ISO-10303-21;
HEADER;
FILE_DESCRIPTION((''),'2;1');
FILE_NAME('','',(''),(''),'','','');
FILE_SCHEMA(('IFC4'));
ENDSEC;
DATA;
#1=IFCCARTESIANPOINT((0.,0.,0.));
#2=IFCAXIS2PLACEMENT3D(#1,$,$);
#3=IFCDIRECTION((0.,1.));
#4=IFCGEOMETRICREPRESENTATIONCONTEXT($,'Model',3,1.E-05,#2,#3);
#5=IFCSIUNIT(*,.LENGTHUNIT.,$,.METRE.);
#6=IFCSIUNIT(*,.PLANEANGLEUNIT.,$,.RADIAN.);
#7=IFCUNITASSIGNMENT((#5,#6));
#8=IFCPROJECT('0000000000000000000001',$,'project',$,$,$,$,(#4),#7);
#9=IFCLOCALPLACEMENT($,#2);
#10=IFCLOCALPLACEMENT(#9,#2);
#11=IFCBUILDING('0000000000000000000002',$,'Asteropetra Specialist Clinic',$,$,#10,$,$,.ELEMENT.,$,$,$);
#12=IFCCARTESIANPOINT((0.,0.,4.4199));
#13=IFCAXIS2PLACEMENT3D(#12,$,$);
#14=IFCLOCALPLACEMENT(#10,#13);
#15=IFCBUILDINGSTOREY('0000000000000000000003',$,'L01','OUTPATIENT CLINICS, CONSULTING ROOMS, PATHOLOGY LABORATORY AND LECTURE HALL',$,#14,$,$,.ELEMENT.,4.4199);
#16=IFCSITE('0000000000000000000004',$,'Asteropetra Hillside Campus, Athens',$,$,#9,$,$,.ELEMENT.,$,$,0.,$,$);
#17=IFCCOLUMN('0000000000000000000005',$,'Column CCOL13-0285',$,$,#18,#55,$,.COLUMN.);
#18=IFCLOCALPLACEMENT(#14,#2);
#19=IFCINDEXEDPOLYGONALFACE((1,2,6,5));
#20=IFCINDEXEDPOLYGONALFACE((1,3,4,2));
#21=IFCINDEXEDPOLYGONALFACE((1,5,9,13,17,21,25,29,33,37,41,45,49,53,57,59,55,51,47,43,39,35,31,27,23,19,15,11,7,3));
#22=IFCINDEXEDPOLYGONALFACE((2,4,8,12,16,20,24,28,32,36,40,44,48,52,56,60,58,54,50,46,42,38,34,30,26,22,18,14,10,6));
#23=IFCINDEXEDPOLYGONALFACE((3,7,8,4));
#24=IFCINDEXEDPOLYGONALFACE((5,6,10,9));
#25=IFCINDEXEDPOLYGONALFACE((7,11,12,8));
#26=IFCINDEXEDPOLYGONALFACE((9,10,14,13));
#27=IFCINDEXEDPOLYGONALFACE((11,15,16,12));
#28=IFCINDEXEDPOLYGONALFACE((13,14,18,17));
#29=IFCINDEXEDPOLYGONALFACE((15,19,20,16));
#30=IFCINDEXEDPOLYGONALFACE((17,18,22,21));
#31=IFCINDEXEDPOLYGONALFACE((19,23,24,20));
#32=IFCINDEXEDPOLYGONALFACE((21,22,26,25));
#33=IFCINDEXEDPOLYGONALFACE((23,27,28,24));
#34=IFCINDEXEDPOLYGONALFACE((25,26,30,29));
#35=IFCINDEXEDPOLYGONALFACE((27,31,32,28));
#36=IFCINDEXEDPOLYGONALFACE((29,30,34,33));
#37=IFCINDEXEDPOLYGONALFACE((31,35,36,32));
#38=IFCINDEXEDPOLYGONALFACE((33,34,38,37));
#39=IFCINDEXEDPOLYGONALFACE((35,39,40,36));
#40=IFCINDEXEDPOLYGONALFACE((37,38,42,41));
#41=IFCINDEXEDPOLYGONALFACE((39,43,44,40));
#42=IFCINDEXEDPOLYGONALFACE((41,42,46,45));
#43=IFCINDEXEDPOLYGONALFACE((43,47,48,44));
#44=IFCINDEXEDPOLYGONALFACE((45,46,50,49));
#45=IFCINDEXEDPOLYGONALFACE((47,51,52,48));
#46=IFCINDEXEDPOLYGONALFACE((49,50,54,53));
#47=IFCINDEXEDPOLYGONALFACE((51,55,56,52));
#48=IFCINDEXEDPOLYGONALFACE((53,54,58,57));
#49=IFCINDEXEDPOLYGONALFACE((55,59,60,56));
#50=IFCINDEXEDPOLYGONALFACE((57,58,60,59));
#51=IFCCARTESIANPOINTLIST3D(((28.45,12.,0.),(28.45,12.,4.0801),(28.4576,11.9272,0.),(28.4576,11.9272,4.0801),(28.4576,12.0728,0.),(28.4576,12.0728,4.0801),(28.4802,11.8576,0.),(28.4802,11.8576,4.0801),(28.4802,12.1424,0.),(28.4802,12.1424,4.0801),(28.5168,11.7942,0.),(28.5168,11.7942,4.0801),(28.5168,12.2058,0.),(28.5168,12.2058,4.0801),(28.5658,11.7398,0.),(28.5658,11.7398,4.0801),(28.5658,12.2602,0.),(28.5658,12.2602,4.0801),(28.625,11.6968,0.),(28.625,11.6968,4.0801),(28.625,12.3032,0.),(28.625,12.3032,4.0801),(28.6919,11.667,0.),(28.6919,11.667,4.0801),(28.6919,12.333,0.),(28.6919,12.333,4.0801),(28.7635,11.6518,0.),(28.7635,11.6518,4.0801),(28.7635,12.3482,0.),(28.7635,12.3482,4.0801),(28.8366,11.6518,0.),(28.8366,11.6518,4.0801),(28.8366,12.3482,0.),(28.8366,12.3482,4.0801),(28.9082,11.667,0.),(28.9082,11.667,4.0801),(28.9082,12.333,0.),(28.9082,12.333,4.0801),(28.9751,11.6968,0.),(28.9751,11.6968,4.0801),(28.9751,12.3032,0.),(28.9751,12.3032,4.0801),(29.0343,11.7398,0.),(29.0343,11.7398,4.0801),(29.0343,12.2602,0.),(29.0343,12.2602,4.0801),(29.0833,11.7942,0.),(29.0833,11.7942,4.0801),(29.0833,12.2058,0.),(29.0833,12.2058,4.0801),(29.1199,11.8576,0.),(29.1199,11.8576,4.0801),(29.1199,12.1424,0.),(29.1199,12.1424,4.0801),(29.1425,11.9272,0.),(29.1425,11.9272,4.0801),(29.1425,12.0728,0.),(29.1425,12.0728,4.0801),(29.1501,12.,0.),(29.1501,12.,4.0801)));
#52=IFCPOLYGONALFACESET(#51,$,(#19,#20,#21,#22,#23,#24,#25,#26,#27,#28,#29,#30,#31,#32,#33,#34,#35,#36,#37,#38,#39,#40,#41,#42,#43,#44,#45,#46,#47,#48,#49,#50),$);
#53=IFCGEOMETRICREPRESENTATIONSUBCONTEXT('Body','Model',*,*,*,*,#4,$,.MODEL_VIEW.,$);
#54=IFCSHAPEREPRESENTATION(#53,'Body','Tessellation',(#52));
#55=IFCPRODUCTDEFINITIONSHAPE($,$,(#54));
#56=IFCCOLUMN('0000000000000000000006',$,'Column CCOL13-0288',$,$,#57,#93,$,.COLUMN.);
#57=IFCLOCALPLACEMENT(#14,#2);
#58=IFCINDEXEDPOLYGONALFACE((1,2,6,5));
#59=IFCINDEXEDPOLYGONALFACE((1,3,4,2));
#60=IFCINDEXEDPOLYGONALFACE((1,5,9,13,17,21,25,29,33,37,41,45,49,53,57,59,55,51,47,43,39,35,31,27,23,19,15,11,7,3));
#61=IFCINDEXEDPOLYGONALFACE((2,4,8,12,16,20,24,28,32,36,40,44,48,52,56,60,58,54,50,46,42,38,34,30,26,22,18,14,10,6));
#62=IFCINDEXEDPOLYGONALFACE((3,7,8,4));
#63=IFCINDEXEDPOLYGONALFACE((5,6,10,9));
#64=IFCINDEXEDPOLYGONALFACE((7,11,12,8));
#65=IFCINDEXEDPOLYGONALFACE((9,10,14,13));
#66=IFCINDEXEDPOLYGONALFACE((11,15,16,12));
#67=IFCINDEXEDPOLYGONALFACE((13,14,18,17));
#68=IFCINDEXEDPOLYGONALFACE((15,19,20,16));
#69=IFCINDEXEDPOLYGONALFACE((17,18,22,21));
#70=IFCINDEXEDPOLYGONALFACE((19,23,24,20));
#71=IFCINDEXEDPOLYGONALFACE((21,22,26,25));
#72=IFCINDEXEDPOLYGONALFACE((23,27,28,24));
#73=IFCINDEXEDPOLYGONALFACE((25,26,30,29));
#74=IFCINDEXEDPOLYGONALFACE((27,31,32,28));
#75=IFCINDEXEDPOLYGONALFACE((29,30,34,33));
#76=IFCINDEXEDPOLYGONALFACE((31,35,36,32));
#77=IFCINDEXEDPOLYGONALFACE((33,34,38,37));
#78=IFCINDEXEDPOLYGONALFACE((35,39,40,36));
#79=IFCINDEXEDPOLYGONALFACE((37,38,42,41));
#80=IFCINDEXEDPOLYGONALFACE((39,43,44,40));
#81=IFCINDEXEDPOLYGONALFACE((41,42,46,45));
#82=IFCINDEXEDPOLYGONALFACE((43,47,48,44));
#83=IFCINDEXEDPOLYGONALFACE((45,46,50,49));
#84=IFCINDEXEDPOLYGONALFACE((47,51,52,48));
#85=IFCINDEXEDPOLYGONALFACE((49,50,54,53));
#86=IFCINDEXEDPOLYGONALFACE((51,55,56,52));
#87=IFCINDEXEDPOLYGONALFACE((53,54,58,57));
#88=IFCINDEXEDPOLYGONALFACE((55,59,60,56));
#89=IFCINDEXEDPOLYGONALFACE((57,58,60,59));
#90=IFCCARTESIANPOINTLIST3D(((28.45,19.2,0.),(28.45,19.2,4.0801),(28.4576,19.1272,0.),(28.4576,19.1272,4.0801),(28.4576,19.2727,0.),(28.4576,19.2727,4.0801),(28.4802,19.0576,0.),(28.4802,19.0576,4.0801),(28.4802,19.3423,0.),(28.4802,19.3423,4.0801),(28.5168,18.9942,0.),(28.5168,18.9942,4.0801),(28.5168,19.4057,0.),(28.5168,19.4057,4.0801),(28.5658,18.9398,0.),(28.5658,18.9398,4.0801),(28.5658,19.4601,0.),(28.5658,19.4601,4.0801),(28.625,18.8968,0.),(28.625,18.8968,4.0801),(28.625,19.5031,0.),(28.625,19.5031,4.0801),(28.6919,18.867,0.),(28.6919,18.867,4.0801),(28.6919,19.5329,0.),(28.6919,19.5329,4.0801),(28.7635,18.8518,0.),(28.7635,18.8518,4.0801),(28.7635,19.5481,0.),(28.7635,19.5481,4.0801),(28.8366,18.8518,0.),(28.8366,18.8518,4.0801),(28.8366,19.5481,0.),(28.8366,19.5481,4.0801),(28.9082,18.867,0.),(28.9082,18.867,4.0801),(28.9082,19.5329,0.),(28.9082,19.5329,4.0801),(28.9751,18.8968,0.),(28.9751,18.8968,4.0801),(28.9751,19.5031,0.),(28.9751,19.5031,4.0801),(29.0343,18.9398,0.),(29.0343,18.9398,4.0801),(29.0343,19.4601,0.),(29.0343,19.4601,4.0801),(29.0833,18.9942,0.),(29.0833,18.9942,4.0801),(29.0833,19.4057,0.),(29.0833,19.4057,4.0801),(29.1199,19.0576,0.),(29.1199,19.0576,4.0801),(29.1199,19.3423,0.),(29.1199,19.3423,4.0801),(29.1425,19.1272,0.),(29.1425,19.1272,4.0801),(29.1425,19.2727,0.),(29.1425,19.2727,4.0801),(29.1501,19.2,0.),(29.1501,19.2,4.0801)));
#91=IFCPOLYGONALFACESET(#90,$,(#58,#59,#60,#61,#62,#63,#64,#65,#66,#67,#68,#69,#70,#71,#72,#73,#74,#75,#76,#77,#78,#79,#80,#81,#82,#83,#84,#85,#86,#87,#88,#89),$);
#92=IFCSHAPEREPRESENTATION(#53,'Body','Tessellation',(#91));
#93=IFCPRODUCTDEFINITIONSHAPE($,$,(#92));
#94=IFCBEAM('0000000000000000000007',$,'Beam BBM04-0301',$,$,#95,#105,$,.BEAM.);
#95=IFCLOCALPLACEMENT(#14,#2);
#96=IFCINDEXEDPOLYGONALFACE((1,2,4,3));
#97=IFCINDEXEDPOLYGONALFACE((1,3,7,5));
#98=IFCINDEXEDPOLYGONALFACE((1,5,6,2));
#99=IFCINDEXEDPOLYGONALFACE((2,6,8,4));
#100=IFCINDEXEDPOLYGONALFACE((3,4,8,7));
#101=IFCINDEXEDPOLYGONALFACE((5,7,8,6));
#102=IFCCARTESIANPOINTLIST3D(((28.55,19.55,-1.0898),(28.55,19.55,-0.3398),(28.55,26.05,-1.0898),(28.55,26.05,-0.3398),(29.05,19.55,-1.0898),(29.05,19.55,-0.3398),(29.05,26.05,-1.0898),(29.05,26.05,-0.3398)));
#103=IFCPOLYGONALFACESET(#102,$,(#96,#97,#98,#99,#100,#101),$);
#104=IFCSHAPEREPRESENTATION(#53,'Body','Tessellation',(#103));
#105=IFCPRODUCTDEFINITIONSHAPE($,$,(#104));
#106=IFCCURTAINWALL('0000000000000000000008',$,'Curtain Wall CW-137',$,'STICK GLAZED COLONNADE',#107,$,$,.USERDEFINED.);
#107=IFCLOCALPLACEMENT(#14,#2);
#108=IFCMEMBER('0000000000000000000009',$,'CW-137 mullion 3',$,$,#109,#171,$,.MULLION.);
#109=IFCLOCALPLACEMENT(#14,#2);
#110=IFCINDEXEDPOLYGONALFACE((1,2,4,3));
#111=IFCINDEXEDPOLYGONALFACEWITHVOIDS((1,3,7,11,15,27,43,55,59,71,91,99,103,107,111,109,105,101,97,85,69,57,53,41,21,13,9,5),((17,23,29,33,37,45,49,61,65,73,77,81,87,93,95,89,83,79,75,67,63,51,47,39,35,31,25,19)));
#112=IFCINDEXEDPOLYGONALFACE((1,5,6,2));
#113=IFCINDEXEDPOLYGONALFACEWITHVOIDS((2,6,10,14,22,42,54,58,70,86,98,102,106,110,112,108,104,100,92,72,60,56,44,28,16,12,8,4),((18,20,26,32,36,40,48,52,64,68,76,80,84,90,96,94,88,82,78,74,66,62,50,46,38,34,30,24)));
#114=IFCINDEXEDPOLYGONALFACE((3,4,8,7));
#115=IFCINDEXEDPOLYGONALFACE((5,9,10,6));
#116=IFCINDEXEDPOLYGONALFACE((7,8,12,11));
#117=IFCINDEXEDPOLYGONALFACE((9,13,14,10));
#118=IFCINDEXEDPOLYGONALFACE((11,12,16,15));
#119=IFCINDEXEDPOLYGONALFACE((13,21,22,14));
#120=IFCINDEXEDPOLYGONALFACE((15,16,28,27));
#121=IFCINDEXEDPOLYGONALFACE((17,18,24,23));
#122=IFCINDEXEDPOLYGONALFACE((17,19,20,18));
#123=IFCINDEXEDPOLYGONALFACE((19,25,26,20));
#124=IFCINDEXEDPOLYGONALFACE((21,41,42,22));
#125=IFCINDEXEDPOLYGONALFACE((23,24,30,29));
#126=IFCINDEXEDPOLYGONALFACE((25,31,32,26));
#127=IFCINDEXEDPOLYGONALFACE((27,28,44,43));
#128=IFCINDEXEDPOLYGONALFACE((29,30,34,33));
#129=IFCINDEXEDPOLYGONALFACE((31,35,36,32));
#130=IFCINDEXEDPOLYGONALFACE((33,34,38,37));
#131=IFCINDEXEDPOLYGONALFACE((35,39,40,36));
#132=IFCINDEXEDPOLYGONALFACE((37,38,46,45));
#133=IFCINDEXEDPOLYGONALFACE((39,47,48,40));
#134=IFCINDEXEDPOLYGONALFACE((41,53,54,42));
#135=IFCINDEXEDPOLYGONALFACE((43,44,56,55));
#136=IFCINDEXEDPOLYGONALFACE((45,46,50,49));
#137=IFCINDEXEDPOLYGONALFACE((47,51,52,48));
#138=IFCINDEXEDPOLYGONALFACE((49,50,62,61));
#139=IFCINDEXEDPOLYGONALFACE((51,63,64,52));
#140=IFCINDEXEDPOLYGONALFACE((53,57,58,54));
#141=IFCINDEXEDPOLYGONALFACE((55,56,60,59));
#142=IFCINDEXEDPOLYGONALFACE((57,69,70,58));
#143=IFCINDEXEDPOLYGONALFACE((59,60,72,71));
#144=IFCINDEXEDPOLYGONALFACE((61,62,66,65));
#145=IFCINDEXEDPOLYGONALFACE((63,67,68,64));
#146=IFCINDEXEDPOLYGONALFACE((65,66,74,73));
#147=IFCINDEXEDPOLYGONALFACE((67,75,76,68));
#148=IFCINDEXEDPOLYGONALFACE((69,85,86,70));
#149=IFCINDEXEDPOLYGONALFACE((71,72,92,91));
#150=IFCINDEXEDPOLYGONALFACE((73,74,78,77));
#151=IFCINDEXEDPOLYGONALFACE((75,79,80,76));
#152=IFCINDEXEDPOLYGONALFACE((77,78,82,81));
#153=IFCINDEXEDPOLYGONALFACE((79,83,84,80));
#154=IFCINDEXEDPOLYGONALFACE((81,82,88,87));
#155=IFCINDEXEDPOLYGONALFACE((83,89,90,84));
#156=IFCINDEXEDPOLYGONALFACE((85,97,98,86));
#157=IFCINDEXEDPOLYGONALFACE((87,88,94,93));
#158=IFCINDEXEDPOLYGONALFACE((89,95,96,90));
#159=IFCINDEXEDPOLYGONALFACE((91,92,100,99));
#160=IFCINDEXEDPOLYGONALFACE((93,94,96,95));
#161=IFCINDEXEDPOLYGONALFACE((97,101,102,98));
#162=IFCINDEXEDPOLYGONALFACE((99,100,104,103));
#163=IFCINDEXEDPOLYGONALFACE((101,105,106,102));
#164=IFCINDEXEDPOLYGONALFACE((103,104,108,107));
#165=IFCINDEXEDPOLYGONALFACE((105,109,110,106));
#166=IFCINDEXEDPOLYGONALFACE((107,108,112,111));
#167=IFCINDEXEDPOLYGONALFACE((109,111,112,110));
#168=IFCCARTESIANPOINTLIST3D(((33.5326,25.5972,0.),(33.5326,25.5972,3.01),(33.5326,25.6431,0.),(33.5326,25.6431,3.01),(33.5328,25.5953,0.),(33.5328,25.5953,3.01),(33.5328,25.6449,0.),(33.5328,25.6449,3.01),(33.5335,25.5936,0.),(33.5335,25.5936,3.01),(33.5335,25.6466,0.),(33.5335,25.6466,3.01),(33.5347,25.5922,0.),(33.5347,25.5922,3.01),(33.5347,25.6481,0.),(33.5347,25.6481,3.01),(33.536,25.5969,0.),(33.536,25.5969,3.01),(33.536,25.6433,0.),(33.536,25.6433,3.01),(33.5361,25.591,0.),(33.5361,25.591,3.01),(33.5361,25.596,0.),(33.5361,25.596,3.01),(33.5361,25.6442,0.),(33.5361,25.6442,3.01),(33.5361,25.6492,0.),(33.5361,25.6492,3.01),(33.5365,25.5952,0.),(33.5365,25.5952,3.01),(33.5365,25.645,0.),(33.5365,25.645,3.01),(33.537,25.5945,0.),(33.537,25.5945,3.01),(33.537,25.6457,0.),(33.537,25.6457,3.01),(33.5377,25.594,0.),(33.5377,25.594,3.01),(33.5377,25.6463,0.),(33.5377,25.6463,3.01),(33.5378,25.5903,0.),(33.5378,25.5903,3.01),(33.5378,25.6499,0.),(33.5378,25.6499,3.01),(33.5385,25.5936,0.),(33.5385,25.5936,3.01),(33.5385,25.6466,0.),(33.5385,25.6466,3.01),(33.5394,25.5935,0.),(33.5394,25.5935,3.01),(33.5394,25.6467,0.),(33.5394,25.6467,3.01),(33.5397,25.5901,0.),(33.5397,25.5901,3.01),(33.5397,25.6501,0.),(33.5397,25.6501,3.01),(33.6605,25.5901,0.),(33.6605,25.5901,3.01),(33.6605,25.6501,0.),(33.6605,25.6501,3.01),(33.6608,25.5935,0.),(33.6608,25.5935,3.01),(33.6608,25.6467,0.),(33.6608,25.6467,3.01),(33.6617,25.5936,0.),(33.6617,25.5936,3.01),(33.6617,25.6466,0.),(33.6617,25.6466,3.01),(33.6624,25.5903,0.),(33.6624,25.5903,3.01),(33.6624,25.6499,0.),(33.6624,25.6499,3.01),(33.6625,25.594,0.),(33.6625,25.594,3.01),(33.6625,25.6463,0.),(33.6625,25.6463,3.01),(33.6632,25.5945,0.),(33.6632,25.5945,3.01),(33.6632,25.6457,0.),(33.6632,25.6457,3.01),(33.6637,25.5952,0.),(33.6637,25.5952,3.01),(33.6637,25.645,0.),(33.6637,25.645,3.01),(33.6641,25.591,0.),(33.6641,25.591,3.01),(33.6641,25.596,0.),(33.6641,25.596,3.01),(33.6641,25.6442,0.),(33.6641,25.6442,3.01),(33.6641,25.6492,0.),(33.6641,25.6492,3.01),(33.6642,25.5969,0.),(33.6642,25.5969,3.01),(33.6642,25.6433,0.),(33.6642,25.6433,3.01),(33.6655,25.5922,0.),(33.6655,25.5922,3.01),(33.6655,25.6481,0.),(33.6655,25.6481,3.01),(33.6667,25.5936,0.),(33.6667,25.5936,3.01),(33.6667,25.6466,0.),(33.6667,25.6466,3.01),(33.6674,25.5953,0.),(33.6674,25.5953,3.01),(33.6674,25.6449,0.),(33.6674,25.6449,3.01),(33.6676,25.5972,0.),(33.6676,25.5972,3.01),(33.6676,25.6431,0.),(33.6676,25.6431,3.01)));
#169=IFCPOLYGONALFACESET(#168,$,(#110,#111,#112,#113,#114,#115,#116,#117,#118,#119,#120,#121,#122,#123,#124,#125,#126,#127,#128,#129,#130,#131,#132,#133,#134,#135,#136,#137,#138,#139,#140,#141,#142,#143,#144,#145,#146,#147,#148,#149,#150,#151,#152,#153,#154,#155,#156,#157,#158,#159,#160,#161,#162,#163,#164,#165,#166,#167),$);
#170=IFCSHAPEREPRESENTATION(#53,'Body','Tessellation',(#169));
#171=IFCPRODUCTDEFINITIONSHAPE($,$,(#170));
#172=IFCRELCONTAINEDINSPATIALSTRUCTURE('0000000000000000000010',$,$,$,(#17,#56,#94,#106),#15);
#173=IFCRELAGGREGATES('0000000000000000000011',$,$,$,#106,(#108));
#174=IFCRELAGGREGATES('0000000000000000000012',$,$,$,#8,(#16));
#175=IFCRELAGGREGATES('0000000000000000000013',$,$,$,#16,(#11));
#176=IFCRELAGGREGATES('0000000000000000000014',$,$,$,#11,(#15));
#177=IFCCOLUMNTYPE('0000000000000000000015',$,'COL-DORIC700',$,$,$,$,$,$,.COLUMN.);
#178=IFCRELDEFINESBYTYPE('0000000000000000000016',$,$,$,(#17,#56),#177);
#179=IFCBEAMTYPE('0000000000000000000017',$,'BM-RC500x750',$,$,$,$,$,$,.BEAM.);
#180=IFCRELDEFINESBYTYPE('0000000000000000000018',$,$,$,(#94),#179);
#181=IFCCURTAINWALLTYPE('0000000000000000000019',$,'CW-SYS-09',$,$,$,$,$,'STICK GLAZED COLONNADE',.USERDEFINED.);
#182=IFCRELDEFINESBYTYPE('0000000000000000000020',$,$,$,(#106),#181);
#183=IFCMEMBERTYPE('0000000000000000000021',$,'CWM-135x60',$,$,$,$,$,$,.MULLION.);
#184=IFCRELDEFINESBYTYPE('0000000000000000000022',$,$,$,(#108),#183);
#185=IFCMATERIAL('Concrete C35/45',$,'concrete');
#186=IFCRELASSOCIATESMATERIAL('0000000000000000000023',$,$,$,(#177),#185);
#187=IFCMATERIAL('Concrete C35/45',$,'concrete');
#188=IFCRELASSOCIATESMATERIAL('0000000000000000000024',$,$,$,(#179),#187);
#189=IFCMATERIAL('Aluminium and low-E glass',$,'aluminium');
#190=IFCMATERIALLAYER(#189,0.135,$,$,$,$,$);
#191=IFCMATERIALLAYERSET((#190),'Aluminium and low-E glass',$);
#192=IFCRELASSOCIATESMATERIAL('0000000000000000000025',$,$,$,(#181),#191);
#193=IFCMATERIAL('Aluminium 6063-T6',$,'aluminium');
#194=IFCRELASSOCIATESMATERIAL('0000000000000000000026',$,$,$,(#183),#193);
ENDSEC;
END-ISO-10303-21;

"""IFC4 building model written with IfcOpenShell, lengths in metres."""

from ifc_helpers import new_model, si_unit, direction, frame, origin, origin_2d, place, context, subcontext, project, spatial, rectangle, hollow_rectangle, circle, extrude, material, layer, layer_set, material_profile, profile_set, type_object, element, aggregate, save


model = new_model("IFC4")

# Units and contexts
model_context = context("Model", 3, precision=1e-05, world=origin(), true_north=direction((0.0, 1.0)))
body_context = subcontext(model_context, "Body", "Model", "MODEL_VIEW")
ifc_project = project(units=[si_unit("LENGTHUNIT", "METRE"), si_unit("PLANEANGLEUNIT", "RADIAN")], contexts=[model_context])

# Site, building, storey
site_placement = place(None, origin())
site = spatial("IfcSite", under=ifc_project, at=site_placement, Name="Asteropetra Hillside Campus, Athens", CompositionType="ELEMENT", RefElevation=0.0)
building_placement = place(site_placement, origin())
building = spatial("IfcBuilding", under=site, at=building_placement, Name="Asteropetra Specialist Clinic", CompositionType="ELEMENT")
storey_placement = place(building_placement, frame((0.0, 0.0, 4.4199)))
storey = spatial("IfcBuildingStorey", under=building, at=storey_placement, Name="L01", Description="OUTPATIENT CLINICS, CONSULTING ROOMS, PATHOLOGY LABORATORY AND LECTURE HALL", CompositionType="ELEMENT", Elevation=4.4199)

# Columns
ifc_material_1 = material(Name="Concrete C35/45", Category="concrete")
ifc_material_profile_1 = material_profile(ifc_material_1, circle(Radius=0.3501, at=origin_2d()), Name="RCC D700")
ifc_profile_set_1 = profile_set([ifc_material_profile_1], Name="Concrete C35/45")
column_type = type_object("IfcColumnType", Name="COL-DORIC700", PredefinedType="COLUMN", material=ifc_profile_set_1)
for number, where, z_axis, x_axis, name in (
    (1, (28.8, 12.0, 0.0), (0.0, 0.0, 1.0), (1.0, 0.0, 0.0), "Column CCOL13-0285"),
    (2, (28.8, 19.2, 0.0), (0.0, 0.0, 1.0), (1.0, 0.0, 0.0), "Column CCOL13-0288"),
):
    element("IfcColumn", number, at=place(storey_placement, frame(where, z_axis=z_axis, x_axis=x_axis)), inside=storey, type_object=column_type, Name=name, PredefinedType="COLUMN", context=body_context, shape_type="SweptSolid", body=[
        extrude(circle(Radius=0.3501, at=origin_2d()), origin(), (0.0, 0.0, 1.0), 4.0801),
    ])

# Beam
ifc_material_2 = material(Name="Concrete C35/45", Category="concrete")
ifc_material_profile_2 = material_profile(ifc_material_2, rectangle(XDim=0.5, YDim=0.75, at=origin_2d()), Name="RCB 500x750")
ifc_profile_set_2 = profile_set([ifc_material_profile_2], Name="Concrete C35/45")
beam_type = type_object("IfcBeamType", Name="BM-RC500x750", PredefinedType="BEAM", material=ifc_profile_set_2)
beam_placement = place(storey_placement, frame((28.8, 19.55, -0.7148), z_axis=(0.0, 1.0, 0.0), x_axis=(-1.0, 0.0, 0.0)))
element("IfcBeam", 3, at=beam_placement, inside=storey, type_object=beam_type, Name="Beam BBM04-0301", PredefinedType="BEAM", context=body_context, shape_type="SweptSolid", body=[
    extrude(rectangle(XDim=0.5, YDim=0.75, at=origin_2d()), origin(), (0.0, 0.0, 1.0), 6.5),
])

# Curtain wall, member
ifc_material_3 = material(Name="Aluminium and low-E glass", Category="aluminium")
ifc_layer_1 = layer(ifc_material_3, 0.135)
ifc_layer_set_1 = layer_set([ifc_layer_1], Name="Aluminium and low-E glass")
curtain_wall_type = type_object("IfcCurtainWallType", Name="CW-SYS-09", ElementType="STICK GLAZED COLONNADE", PredefinedType="USERDEFINED", material=ifc_layer_set_1)
curtain_wall_placement = place(storey_placement, origin())
curtain_wall = element("IfcCurtainWall", 4, at=curtain_wall_placement, inside=storey, type_object=curtain_wall_type, Name="Curtain Wall CW-137", ObjectType="STICK GLAZED COLONNADE", PredefinedType="USERDEFINED")
ifc_material_4 = material(Name="Aluminium 6063-T6", Category="aluminium")
ifc_material_profile_3 = material_profile(ifc_material_4, hollow_rectangle(XDim=0.0601, YDim=0.135, WallThickness=0.0034, InnerFilletRadius=0.0034, OuterFilletRadius=0.0071, at=origin_2d()), Name="MUL 135x60x3.5")
ifc_profile_set_3 = profile_set([ifc_material_profile_3], Name="Aluminium 6063-T6")
member_type_1 = type_object("IfcMemberType", Name="CWM-135x60", PredefinedType="MULLION", material=ifc_profile_set_3)
member_1_placement = place(storey_placement, frame((33.6001, 25.6201, 0.0), z_axis=(0.0, 0.0, 1.0), x_axis=(0.0, -1.0, 0.0)))
member_1 = element("IfcMember", 5, at=member_1_placement, type_object=member_type_1, Name="CW-137 mullion 3", PredefinedType="MULLION", context=body_context, shape_type="SweptSolid", body=[
    extrude(hollow_rectangle(XDim=0.0601, YDim=0.135, WallThickness=0.0034, InnerFilletRadius=0.0034, OuterFilletRadius=0.0071, at=origin_2d()), origin(), (0.0, 0.0, 1.0), 3.01),
])
aggregate(curtain_wall, [member_1])

save(model, "model.ifc")
